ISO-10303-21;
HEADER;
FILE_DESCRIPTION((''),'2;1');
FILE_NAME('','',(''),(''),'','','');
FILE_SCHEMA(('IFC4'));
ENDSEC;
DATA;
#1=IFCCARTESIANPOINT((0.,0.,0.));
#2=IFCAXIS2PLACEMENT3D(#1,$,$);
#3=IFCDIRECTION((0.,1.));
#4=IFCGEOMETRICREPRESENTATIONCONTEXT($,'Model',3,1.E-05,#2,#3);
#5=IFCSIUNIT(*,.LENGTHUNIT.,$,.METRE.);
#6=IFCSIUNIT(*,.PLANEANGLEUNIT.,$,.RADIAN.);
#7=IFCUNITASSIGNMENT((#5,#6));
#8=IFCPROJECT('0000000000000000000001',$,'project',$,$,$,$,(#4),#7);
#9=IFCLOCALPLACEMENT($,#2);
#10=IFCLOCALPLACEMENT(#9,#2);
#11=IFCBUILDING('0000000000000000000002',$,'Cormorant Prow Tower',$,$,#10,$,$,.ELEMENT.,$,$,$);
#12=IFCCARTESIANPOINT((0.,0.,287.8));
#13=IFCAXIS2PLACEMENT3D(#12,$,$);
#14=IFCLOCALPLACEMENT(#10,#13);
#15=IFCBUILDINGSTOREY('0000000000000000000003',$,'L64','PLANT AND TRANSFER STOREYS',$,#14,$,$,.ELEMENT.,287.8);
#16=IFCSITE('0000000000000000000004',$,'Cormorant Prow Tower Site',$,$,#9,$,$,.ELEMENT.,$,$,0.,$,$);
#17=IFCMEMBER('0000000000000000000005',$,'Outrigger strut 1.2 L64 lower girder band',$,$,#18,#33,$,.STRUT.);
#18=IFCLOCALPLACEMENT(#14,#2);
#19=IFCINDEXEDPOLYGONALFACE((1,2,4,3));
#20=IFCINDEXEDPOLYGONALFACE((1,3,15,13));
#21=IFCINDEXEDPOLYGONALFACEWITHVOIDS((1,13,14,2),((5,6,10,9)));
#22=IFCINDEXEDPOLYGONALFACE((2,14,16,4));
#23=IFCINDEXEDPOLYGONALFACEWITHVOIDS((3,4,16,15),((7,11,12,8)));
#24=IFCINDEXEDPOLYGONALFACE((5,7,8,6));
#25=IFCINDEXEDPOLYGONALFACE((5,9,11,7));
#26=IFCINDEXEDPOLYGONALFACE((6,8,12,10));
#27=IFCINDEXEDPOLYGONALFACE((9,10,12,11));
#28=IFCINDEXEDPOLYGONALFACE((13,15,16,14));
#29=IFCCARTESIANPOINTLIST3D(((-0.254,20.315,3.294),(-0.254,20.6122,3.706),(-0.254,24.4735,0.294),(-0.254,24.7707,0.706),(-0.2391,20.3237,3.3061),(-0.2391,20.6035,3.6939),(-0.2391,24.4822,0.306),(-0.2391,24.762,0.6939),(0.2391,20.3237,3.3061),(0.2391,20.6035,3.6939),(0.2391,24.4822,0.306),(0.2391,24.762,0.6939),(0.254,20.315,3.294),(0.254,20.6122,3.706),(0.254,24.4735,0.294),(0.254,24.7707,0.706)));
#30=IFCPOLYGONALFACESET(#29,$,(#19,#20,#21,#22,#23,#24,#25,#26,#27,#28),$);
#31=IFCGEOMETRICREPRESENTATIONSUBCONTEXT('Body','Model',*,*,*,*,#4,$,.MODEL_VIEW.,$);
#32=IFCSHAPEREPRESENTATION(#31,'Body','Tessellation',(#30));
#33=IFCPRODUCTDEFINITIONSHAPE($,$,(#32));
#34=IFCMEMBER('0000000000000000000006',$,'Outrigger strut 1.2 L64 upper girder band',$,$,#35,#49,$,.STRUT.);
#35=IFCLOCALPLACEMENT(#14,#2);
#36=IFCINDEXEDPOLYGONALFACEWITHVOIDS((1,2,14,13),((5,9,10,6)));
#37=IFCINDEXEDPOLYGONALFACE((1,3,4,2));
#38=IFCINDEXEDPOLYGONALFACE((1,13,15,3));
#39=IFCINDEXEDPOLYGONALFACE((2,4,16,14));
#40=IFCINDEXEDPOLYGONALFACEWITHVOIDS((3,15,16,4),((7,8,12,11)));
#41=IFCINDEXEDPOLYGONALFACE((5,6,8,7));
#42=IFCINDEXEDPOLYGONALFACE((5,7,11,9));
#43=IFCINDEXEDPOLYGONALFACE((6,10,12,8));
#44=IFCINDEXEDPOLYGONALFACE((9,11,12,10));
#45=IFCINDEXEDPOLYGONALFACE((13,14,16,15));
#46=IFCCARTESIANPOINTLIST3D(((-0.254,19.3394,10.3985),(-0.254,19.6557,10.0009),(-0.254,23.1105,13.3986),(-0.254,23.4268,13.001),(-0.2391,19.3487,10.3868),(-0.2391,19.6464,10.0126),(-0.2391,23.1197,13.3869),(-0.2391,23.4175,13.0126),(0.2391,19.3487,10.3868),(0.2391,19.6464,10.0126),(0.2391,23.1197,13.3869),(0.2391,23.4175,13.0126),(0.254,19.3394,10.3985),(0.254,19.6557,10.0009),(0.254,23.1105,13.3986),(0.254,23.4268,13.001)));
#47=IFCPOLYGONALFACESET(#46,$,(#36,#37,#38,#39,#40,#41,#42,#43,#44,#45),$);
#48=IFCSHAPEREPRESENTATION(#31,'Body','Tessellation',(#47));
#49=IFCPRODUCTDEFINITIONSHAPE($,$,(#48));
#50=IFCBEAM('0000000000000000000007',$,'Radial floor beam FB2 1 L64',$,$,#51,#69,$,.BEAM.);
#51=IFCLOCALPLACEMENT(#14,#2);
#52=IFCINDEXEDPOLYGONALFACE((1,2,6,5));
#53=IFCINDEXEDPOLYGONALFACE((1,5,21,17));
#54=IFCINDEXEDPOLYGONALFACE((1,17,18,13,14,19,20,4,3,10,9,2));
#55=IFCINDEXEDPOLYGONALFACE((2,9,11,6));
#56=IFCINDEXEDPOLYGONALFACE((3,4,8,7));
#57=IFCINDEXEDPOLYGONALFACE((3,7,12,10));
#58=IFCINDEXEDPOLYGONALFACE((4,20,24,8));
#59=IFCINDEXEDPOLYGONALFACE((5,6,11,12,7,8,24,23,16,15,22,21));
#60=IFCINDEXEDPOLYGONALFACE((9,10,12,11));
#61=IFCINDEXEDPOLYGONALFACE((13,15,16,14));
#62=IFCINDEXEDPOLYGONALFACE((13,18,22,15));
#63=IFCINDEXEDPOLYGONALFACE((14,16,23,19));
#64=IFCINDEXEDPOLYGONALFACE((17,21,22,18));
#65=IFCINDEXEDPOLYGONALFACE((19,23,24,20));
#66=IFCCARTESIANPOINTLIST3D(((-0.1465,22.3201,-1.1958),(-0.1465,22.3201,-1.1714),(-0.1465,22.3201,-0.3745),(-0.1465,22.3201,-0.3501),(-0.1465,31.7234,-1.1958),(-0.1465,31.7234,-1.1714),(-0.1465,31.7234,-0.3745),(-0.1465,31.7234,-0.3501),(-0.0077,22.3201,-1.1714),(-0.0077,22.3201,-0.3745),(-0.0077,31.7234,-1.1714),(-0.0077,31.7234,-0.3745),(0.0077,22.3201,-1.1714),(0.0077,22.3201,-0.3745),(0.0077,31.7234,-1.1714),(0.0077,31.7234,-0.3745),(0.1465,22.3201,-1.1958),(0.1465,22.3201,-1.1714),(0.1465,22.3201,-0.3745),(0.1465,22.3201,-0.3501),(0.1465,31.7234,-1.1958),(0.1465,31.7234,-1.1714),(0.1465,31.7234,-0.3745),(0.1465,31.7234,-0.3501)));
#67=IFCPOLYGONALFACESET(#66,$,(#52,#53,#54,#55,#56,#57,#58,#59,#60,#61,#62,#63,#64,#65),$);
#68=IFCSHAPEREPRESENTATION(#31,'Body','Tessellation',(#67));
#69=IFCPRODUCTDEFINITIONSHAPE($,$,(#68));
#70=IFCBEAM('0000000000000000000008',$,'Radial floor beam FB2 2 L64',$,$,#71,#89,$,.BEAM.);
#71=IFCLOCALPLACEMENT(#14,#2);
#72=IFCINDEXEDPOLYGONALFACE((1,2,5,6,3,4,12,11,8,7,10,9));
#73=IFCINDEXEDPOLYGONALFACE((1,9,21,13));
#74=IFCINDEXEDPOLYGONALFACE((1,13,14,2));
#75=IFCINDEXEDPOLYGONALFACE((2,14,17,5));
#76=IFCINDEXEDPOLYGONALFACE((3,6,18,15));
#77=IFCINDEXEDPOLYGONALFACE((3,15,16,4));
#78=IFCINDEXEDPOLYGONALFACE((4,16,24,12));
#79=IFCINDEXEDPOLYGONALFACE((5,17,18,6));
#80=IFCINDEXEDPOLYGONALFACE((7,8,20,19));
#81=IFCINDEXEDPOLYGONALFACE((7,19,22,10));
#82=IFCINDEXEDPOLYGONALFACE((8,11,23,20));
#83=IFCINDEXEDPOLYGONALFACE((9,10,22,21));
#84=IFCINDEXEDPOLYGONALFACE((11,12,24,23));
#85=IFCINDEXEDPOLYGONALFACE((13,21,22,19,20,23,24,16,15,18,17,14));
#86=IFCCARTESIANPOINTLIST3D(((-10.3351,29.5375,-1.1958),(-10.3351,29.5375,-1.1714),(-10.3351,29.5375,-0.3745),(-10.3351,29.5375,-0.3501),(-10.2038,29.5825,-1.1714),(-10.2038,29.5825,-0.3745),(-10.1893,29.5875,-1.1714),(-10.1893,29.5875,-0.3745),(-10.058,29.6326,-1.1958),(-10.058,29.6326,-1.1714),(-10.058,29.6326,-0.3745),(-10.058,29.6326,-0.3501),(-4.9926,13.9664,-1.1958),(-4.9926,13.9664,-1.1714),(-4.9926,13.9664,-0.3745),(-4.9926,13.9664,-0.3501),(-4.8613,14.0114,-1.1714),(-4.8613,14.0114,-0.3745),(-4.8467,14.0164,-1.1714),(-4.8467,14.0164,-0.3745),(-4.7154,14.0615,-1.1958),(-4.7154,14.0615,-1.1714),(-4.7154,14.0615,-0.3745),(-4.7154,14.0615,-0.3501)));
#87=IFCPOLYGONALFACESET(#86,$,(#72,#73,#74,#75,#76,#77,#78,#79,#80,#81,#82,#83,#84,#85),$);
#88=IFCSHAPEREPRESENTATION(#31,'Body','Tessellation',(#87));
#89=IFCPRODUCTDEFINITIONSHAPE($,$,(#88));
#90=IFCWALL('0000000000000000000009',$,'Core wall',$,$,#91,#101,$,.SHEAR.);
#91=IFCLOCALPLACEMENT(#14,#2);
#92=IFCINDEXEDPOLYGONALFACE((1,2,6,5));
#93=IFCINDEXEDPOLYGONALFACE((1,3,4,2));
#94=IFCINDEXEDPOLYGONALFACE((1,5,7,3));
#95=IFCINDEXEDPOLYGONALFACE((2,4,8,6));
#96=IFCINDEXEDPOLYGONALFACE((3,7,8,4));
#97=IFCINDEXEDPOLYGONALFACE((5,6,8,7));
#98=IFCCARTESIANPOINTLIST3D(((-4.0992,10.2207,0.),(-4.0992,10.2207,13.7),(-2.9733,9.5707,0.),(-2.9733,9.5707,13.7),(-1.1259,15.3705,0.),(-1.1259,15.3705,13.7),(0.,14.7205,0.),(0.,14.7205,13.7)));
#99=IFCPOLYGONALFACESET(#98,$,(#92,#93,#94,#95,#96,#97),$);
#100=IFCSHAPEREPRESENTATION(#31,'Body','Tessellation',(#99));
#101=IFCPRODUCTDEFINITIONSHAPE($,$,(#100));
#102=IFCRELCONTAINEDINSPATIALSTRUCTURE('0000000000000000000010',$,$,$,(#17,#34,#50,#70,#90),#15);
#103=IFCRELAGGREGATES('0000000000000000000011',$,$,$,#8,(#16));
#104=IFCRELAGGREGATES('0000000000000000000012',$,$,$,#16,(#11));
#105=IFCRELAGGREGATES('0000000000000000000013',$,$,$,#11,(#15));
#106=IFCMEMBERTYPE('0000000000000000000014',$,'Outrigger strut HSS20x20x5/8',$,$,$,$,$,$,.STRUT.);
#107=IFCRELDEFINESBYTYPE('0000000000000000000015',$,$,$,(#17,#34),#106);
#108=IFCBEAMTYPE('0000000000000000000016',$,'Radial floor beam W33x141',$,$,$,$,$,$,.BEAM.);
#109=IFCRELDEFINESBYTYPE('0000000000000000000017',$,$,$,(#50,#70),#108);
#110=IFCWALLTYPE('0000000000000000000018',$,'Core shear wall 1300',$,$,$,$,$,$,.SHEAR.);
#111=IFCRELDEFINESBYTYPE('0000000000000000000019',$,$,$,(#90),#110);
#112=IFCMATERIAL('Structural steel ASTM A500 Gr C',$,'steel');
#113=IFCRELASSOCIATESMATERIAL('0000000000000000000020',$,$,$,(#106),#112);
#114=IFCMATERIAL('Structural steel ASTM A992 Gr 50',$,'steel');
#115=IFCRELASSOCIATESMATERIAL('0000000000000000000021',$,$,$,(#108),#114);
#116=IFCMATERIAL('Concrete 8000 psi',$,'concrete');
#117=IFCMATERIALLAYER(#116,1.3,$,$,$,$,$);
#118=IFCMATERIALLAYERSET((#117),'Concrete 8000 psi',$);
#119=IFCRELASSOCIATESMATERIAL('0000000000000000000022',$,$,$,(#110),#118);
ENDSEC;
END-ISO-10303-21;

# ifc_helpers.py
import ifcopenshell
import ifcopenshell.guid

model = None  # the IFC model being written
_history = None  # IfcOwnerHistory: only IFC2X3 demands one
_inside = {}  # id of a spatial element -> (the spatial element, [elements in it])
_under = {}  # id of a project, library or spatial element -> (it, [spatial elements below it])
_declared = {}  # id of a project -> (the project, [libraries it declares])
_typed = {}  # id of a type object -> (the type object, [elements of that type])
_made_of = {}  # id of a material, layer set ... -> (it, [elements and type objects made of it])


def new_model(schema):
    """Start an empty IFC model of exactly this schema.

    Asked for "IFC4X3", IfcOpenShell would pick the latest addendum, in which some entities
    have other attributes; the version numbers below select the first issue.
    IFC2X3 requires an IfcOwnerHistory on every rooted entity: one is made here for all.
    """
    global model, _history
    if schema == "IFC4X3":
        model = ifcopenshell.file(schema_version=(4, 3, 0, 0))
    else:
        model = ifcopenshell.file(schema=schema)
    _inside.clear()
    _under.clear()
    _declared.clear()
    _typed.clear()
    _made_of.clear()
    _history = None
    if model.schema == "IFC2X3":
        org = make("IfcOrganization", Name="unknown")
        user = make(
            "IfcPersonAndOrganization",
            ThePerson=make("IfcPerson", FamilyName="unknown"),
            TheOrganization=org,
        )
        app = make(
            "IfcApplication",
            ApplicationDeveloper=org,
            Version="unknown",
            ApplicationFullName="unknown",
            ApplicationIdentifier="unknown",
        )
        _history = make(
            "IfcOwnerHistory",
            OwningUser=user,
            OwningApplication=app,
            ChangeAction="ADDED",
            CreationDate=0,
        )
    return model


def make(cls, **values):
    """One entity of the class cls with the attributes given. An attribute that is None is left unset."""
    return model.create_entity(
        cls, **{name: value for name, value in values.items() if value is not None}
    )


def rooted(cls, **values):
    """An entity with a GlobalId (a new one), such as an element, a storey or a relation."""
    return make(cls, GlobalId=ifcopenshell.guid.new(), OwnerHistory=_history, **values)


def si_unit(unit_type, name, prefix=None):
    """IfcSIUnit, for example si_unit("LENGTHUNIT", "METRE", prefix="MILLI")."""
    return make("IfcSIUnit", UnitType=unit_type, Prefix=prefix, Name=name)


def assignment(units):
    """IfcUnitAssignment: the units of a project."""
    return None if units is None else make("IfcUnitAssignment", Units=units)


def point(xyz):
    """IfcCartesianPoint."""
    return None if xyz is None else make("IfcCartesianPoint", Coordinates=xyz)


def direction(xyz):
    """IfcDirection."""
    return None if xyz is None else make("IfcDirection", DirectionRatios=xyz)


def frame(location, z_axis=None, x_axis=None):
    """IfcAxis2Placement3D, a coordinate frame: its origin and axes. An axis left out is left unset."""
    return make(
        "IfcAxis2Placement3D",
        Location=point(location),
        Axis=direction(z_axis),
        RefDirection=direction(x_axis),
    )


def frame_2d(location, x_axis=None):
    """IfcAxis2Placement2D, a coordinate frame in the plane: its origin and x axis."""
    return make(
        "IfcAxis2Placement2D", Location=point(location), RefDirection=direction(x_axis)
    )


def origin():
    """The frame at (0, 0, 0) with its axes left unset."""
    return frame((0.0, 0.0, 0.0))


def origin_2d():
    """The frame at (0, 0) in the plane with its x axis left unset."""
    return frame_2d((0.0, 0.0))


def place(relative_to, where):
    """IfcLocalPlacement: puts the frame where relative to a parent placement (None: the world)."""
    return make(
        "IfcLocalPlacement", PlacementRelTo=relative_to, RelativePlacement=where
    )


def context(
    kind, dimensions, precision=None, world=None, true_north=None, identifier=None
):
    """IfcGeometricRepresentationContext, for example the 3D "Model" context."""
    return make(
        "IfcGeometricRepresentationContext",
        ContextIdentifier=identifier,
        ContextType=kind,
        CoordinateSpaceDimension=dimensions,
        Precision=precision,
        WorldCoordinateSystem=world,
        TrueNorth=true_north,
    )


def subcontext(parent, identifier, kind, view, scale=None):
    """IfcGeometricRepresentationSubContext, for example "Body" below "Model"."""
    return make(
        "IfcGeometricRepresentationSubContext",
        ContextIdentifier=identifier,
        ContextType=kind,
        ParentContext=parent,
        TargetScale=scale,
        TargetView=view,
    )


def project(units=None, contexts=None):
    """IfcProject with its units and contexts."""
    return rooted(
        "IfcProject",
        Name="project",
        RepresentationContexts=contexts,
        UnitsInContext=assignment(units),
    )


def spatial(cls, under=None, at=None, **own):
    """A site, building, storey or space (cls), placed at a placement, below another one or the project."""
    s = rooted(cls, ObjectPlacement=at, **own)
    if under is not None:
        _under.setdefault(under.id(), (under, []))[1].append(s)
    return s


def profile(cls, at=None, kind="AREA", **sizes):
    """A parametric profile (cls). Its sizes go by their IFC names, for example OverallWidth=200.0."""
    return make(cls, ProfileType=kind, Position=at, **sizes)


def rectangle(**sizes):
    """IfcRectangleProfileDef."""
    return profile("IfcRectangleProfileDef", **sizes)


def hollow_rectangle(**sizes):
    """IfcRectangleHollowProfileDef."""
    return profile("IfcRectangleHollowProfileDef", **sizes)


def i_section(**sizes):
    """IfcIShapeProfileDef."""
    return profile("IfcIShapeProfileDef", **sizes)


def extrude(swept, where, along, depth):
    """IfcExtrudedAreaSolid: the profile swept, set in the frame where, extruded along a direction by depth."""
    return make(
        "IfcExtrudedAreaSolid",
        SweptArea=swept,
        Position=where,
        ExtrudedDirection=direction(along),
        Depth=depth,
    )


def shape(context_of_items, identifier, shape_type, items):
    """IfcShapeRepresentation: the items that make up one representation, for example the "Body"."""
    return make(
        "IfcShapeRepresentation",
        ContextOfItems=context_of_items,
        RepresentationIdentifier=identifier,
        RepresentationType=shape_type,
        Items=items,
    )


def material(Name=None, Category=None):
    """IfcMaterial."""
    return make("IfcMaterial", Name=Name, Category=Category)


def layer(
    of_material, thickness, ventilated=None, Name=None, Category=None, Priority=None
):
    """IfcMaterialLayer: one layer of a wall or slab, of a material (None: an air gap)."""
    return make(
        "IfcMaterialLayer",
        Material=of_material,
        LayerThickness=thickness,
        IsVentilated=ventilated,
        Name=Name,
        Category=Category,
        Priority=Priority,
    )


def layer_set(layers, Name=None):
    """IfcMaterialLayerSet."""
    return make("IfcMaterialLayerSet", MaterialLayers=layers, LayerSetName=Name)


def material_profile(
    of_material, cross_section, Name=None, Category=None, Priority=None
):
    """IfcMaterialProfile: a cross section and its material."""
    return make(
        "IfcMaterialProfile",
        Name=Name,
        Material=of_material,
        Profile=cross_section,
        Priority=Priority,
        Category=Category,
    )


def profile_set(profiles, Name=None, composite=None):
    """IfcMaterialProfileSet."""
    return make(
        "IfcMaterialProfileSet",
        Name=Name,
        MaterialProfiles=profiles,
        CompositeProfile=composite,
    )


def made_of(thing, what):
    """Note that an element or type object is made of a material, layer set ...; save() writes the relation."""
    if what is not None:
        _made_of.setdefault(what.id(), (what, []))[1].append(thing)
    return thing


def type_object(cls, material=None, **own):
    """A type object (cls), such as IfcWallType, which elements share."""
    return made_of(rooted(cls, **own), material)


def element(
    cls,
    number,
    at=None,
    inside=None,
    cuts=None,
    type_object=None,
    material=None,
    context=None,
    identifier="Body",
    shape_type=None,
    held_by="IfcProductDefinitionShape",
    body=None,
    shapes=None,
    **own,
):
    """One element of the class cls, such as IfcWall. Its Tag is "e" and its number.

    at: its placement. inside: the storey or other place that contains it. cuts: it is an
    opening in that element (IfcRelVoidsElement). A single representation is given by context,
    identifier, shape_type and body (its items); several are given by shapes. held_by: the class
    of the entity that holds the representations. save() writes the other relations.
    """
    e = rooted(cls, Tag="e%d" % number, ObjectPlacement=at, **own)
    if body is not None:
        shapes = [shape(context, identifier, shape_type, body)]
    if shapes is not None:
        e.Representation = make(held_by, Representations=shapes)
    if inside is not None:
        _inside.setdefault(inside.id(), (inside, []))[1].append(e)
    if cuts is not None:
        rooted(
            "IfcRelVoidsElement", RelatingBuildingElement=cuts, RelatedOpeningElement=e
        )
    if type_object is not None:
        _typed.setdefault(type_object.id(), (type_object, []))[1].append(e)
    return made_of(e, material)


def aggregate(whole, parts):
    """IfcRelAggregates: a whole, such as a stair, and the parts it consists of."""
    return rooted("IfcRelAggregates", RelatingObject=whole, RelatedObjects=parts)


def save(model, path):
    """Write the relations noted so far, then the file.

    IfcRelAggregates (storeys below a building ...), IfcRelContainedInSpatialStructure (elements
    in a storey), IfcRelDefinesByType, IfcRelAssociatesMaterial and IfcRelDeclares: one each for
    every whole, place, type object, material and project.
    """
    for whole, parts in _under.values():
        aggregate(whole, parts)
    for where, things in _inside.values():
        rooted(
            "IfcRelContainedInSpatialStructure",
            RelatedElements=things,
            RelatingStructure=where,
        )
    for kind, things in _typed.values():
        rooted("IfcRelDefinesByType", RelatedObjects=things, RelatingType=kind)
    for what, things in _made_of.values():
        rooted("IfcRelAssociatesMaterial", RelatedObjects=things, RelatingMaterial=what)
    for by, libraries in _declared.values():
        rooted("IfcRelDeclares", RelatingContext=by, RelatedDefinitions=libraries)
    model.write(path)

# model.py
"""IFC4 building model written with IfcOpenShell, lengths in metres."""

from ifc_helpers import new_model, si_unit, direction, frame, frame_2d, origin, origin_2d, place, context, subcontext, project, spatial, rectangle, hollow_rectangle, i_section, extrude, material, layer, layer_set, material_profile, profile_set, type_object, element, save


model = new_model("IFC4")

# Units and contexts
model_context = context("Model", 3, precision=1e-05, world=origin(), true_north=direction((0.0, 1.0)))
body_context = subcontext(model_context, "Body", "Model", "MODEL_VIEW")
ifc_project = project(units=[si_unit("LENGTHUNIT", "METRE"), si_unit("PLANEANGLEUNIT", "RADIAN")], contexts=[model_context])

# Site, building, storey
site_placement = place(None, origin())
site = spatial("IfcSite", under=ifc_project, at=site_placement, Name="Cormorant Prow Tower Site", CompositionType="ELEMENT", RefElevation=0.0)
building_placement = place(site_placement, origin())
building = spatial("IfcBuilding", under=site, at=building_placement, Name="Cormorant Prow Tower", CompositionType="ELEMENT")
storey_placement = place(building_placement, frame((0.0, 0.0, 287.8)))
storey = spatial("IfcBuildingStorey", under=building, at=storey_placement, Name="L64", Description="PLANT AND TRANSFER STOREYS", CompositionType="ELEMENT", Elevation=287.8)

# Members
ifc_material_1 = material(Name="Structural steel ASTM A500 Gr C", Category="steel")
ifc_material_profile_1 = material_profile(ifc_material_1, hollow_rectangle(XDim=0.5081, YDim=0.5081, WallThickness=0.0149, at=origin_2d()), Name="HSS20x20x5/8")
ifc_profile_set_1 = profile_set([ifc_material_profile_1], Name="Structural steel ASTM A500 Gr C")
member_type_1 = type_object("IfcMemberType", Name="Outrigger strut HSS20x20x5/8", PredefinedType="STRUT", material=ifc_profile_set_1)
member_1_placement = place(storey_placement, frame((0.0, 20.4636, 3.5), z_axis=(0.0, 0.810987, -0.585065), x_axis=(-1.0, 0.0, 0.0)))
element("IfcMember", 1, at=member_1_placement, inside=storey, type_object=member_type_1, Name="Outrigger strut 1.2 L64 lower girder band", PredefinedType="STRUT", context=body_context, shape_type="SweptSolid", body=[
    extrude(hollow_rectangle(XDim=0.5081, YDim=0.5081, WallThickness=0.0149, at=origin_2d()), origin(), (0.0, 0.0, 1.0), 5.1277),
])
member_2_placement = place(storey_placement, frame((0.0, 19.4976, 10.1997), z_axis=(0.0, 0.782566, 0.622567), x_axis=(-1.0, 0.0, 0.0)))
element("IfcMember", 2, at=member_2_placement, inside=storey, type_object=member_type_1, Name="Outrigger strut 1.2 L64 upper girder band", PredefinedType="STRUT", context=body_context, shape_type="SweptSolid", body=[
    extrude(hollow_rectangle(XDim=0.5081, YDim=0.5081, WallThickness=0.0149, at=origin_2d()), origin(), (0.0, 0.0, 1.0), 4.8188),
])

# Beams
ifc_material_2 = material(Name="Structural steel ASTM A992 Gr 50", Category="steel")
ifc_material_profile_2 = material_profile(ifc_material_2, i_section(OverallWidth=0.293, OverallDepth=0.8457, WebThickness=0.0154, FlangeThickness=0.0244, at=origin_2d()), Name="W33x141")
ifc_profile_set_2 = profile_set([ifc_material_profile_2], Name="Structural steel ASTM A992 Gr 50")
beam_type = type_object("IfcBeamType", Name="Radial floor beam W33x141", PredefinedType="BEAM", material=ifc_profile_set_2)
beam_1_placement = place(storey_placement, frame((0.0, 22.3201, -0.7729), z_axis=(0.0, 1.0, 0.0), x_axis=(-1.0, 0.0, 0.0)))
element("IfcBeam", 3, at=beam_1_placement, inside=storey, type_object=beam_type, Name="Radial floor beam FB2 1 L64", PredefinedType="BEAM", context=body_context, shape_type="SweptSolid", body=[
    extrude(i_section(OverallWidth=0.293, OverallDepth=0.8457, WebThickness=0.0154, FlangeThickness=0.0244, at=origin_2d()), origin(), (0.0, 0.0, 1.0), 9.4033),
])
beam_2_placement = place(storey_placement, frame((-4.854, 14.0139, -0.7729), z_axis=(-0.324536, 0.945874, 0.0), x_axis=(-0.945874, -0.324536, 0.0)))
element("IfcBeam", 4, at=beam_2_placement, inside=storey, type_object=beam_type, Name="Radial floor beam FB2 2 L64", PredefinedType="BEAM", context=body_context, shape_type="SweptSolid", body=[
    extrude(i_section(OverallWidth=0.293, OverallDepth=0.8457, WebThickness=0.0154, FlangeThickness=0.0244, at=origin_2d()), origin(), (0.0, 0.0, 1.0), 16.4622),
])

# Wall
ifc_material_3 = material(Name="Concrete 8000 psi", Category="concrete")
ifc_layer = layer(ifc_material_3, 1.3)
ifc_layer_set = layer_set([ifc_layer], Name="Concrete 8000 psi")
wall_type = type_object("IfcWallType", Name="Core shear wall 1300", PredefinedType="SHEAR", material=ifc_layer_set)
wall_placement = place(storey_placement, frame((-0.563, 15.0454, 0.0), z_axis=(0.0, 0.0, 1.0), x_axis=(-0.500011, -0.866019, 0.0)))
element("IfcWall", 5, at=wall_placement, inside=storey, type_object=wall_type, Name="Core wall", PredefinedType="SHEAR", context=body_context, shape_type="SweptSolid", body=[
    extrude(rectangle(XDim=5.9465, YDim=1.3, at=frame_2d((2.9731, 0.0))), origin(), (0.0, 0.0, 1.0), 13.7),
])

save(model, "model.ifc")
